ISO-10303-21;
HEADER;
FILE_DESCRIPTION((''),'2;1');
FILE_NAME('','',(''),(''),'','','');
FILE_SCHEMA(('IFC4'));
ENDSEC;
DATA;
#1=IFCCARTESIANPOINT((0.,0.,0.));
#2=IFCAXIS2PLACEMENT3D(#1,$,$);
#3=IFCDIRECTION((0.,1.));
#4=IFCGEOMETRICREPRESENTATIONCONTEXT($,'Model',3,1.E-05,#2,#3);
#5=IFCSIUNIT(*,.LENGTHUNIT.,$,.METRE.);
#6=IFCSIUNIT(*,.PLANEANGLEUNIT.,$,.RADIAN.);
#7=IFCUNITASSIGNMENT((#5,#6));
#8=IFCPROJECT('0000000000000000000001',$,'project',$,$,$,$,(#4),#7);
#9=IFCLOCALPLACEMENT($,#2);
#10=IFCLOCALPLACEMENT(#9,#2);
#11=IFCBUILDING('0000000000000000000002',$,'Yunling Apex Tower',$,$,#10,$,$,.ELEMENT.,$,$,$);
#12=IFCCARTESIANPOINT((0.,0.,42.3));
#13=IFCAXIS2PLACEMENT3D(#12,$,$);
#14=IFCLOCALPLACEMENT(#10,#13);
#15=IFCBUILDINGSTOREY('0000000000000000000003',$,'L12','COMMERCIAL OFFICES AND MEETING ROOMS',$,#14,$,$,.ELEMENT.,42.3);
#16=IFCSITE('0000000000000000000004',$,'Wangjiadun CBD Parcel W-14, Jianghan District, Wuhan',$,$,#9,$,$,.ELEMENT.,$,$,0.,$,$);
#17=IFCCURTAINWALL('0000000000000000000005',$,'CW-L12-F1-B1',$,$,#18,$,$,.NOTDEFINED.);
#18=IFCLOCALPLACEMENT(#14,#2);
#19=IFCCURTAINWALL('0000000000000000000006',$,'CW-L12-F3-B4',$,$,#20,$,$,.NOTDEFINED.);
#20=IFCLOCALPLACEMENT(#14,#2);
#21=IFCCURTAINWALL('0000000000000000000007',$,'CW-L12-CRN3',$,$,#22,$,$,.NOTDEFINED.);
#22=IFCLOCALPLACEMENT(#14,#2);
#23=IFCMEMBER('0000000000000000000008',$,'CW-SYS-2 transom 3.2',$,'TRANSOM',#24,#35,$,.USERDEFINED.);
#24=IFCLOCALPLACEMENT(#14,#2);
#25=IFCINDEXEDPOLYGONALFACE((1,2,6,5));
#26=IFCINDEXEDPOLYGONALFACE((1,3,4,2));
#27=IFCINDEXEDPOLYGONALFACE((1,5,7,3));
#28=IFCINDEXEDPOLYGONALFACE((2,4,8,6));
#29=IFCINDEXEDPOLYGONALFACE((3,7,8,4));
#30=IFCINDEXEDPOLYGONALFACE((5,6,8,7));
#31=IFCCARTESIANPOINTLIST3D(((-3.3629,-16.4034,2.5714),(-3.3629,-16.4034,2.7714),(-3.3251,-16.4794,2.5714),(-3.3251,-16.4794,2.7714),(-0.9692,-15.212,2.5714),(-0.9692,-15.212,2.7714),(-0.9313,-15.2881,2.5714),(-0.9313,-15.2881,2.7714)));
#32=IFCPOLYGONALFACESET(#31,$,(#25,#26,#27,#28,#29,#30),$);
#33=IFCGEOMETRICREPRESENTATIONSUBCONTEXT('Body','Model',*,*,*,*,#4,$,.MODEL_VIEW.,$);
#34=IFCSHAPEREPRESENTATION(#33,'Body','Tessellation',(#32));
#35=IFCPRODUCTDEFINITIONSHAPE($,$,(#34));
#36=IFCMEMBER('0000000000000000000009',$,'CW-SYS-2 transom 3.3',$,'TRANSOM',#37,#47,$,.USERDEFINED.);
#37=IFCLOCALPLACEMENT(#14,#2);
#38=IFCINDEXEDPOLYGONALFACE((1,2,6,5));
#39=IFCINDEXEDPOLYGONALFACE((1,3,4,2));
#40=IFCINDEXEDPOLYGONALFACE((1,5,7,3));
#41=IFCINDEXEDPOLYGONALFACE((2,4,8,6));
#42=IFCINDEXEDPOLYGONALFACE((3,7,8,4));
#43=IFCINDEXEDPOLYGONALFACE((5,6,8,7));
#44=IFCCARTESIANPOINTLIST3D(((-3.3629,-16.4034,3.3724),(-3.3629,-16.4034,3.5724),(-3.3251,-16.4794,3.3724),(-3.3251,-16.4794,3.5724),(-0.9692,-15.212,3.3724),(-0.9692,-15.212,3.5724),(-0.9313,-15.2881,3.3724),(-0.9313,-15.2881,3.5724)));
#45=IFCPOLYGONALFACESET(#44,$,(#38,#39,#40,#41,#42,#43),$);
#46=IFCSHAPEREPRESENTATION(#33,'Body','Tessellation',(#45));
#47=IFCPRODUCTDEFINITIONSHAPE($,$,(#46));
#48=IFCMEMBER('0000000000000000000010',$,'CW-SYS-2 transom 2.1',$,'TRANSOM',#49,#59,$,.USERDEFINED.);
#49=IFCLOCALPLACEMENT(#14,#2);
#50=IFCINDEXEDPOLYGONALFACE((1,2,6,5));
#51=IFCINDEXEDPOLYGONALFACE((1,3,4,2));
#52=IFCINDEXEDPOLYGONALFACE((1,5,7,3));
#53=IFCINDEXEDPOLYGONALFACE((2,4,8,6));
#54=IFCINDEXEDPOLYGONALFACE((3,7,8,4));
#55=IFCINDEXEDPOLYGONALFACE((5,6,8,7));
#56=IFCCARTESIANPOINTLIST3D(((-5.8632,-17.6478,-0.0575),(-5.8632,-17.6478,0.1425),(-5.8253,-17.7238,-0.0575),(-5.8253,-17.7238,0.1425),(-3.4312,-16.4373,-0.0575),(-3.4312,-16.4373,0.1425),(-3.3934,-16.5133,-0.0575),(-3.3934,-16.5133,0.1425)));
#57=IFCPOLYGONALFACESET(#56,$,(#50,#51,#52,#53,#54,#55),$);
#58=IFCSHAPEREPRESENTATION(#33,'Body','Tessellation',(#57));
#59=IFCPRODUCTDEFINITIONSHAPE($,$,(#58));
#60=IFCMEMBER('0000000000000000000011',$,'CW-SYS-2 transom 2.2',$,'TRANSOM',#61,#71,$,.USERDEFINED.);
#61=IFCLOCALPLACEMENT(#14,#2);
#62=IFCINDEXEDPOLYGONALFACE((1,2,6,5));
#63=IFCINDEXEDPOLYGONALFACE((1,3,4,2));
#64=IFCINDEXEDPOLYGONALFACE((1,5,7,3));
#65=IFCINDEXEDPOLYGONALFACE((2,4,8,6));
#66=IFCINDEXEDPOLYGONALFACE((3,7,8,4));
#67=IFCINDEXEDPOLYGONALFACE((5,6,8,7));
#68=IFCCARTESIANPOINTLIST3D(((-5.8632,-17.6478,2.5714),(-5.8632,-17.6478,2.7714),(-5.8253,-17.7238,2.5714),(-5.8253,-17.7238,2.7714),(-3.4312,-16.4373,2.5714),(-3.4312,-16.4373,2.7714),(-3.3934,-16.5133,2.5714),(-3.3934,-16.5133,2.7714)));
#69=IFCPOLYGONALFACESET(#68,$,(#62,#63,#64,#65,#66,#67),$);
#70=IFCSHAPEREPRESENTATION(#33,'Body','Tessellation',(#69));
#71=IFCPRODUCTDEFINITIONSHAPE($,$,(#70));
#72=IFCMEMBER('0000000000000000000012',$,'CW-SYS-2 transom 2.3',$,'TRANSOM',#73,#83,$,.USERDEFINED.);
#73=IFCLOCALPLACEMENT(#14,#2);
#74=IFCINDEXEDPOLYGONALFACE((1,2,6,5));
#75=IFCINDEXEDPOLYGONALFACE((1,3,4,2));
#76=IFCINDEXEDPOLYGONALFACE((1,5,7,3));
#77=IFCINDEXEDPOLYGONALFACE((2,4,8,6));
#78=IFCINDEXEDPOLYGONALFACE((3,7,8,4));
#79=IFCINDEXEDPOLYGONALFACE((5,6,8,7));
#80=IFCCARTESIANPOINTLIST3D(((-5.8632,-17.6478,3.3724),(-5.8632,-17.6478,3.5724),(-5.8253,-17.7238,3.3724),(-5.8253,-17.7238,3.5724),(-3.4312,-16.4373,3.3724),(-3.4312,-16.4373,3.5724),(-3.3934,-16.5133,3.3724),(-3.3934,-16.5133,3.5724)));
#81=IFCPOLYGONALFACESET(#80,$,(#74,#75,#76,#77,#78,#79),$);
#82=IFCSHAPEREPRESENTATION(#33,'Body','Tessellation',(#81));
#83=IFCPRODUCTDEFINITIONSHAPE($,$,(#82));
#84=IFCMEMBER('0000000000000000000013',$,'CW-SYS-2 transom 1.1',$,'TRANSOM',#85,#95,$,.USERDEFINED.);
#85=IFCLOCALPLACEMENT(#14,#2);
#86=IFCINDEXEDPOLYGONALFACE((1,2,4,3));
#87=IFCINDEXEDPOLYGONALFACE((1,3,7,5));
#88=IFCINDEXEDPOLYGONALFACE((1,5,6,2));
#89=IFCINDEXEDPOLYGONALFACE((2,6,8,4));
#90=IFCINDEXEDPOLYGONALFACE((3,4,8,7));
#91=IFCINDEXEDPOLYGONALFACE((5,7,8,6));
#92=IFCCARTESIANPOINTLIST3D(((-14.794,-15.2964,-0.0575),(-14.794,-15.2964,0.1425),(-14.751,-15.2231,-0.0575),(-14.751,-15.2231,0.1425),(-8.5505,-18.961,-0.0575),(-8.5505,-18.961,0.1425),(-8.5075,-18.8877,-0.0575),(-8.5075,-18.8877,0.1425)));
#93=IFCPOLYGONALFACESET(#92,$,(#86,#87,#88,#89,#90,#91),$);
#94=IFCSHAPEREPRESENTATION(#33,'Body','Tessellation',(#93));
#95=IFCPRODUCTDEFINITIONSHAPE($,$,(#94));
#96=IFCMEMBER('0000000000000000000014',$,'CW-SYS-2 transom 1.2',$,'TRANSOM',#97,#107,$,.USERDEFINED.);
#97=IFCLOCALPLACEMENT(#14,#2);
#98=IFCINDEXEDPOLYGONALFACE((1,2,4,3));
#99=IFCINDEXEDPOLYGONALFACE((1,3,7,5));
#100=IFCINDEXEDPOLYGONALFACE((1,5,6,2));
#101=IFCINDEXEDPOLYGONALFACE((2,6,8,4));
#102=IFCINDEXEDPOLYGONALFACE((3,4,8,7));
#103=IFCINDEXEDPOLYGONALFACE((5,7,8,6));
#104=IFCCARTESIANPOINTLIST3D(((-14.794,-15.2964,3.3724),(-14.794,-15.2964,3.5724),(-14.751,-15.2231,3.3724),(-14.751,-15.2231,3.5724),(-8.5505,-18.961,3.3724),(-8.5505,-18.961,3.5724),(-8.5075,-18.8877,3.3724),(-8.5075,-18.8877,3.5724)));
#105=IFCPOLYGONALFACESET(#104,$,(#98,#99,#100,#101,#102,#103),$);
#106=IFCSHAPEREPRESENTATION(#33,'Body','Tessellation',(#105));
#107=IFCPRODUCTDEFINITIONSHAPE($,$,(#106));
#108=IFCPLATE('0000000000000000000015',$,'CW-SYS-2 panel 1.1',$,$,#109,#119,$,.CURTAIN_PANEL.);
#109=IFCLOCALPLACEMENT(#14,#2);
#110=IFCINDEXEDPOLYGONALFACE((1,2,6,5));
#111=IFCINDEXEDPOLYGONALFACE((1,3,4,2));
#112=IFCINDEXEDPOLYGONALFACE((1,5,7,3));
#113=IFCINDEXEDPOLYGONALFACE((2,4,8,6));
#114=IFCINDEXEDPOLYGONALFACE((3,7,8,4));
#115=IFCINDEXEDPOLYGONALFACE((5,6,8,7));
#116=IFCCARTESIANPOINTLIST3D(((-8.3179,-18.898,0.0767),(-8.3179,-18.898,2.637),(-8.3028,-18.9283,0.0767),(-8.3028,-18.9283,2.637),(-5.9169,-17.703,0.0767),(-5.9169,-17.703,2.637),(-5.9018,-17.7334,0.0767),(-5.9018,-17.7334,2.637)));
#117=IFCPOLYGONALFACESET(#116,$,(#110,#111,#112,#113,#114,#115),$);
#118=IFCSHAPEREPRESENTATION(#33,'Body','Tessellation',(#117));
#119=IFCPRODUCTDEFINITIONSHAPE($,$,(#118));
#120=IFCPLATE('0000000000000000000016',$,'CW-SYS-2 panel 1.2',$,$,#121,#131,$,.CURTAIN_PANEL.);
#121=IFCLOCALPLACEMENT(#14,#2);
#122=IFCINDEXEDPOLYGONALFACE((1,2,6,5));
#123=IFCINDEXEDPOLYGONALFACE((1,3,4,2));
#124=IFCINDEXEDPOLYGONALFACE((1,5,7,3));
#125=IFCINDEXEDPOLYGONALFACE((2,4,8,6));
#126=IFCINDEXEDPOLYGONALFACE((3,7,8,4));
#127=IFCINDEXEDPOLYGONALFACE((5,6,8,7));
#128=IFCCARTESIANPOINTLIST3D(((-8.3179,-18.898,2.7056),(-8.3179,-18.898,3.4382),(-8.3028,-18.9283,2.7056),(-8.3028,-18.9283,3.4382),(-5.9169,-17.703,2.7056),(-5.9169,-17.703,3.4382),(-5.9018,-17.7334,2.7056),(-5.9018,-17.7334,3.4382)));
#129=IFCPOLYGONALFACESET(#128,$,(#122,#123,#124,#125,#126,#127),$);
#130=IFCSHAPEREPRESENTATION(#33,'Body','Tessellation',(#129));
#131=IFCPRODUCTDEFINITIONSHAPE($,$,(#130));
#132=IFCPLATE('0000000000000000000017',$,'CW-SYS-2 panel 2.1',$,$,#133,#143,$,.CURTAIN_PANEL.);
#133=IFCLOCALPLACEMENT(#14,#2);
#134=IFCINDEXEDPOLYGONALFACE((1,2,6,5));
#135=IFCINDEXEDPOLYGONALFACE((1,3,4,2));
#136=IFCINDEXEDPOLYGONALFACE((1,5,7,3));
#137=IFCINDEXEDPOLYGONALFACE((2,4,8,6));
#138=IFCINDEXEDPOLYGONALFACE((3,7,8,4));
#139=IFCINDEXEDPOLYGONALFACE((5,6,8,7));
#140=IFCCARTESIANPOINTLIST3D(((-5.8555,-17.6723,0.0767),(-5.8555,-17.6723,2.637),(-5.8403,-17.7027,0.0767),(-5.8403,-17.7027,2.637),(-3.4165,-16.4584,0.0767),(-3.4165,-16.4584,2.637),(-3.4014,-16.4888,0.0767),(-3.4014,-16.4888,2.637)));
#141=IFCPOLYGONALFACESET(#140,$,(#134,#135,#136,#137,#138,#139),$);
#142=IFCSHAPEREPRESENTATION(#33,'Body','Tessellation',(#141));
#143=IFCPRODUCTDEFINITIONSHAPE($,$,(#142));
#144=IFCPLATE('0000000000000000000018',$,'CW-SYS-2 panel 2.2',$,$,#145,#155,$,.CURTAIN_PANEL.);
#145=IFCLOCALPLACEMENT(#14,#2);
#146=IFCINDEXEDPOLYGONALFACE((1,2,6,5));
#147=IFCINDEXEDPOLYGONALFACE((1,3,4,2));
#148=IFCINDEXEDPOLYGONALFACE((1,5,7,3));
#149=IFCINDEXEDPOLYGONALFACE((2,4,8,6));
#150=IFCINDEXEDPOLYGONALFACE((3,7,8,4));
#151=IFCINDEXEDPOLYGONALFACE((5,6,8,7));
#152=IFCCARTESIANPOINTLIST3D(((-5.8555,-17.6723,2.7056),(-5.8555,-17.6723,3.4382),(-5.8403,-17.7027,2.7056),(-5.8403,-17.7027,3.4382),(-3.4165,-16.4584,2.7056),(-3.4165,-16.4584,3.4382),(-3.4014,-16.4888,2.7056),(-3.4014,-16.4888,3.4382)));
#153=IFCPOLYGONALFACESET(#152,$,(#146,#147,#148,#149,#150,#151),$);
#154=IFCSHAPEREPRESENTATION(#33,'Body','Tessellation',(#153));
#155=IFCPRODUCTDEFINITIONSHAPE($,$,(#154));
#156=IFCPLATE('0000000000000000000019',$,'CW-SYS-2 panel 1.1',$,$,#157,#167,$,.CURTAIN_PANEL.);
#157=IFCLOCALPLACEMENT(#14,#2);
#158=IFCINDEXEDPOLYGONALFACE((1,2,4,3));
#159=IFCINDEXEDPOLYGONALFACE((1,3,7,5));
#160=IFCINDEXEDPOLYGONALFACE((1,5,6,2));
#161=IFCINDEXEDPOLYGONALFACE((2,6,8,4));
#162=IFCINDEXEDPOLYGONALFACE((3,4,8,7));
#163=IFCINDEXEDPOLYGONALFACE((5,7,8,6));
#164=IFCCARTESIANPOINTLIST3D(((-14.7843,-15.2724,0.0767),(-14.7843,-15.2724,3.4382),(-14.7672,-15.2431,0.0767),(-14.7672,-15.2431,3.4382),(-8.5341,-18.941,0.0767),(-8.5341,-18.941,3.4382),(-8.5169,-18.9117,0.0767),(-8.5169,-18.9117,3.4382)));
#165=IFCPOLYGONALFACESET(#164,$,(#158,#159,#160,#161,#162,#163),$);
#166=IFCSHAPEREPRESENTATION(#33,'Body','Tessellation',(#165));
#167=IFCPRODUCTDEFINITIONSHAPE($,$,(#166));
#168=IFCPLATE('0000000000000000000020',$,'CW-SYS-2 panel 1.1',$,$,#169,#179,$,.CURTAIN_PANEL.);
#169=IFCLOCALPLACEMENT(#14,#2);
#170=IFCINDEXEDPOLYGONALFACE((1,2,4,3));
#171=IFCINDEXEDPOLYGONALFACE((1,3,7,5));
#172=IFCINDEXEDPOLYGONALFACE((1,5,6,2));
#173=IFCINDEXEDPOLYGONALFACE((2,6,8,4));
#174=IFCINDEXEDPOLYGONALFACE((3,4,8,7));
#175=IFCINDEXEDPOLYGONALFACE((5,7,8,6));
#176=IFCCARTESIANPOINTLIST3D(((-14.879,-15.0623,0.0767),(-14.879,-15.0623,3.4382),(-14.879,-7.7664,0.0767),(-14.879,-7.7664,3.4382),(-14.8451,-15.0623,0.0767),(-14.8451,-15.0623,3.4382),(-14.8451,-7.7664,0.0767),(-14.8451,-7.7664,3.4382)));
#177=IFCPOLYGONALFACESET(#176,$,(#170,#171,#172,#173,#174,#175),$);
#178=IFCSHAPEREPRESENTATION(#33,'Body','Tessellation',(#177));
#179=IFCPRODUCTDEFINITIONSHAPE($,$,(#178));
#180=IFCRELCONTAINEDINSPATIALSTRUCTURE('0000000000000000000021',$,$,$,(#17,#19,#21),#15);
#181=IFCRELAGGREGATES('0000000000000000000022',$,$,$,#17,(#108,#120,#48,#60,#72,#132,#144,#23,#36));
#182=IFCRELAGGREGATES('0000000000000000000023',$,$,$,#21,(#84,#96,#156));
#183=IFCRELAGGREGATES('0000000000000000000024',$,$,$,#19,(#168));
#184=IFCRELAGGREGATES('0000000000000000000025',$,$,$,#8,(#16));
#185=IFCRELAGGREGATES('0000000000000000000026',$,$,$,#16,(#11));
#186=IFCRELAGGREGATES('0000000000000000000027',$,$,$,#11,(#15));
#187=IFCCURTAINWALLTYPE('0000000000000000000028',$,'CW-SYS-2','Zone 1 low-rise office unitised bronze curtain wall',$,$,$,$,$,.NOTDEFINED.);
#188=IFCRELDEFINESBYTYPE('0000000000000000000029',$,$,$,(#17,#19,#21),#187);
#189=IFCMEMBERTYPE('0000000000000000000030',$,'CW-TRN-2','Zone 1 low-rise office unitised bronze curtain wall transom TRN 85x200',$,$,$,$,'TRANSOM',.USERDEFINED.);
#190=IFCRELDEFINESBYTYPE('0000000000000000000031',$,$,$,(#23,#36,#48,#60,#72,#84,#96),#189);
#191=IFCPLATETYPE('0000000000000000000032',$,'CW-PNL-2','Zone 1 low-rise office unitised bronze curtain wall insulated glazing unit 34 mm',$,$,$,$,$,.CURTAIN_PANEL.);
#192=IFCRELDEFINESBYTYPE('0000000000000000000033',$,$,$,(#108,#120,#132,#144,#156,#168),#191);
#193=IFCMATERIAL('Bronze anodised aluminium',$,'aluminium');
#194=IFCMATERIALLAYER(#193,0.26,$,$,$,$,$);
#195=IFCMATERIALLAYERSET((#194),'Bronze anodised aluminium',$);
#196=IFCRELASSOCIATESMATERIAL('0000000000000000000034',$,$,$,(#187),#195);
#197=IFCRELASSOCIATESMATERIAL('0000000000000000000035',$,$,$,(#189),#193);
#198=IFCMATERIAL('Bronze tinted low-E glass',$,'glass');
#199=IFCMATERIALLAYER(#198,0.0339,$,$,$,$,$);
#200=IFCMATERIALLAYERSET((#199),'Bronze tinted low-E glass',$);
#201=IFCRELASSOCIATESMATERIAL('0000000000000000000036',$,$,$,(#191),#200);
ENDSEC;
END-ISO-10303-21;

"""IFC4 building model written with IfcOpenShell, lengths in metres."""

from ifc_helpers import new_model, si_unit, direction, frame, origin, origin_2d, place, context, subcontext, project, spatial, rectangle, extrude, source, transform, mapped, material, layer, layer_set, material_profile, profile_set, type_object, element, aggregate, save


model = new_model("IFC4")

# Units and contexts
model_context = context("Model", 3, precision=1e-05, world=origin(), true_north=direction((0.0, 1.0)))
body_context = subcontext(model_context, "Body", "Model", "MODEL_VIEW")
ifc_project = project(units=[si_unit("LENGTHUNIT", "METRE"), si_unit("PLANEANGLEUNIT", "RADIAN")], contexts=[model_context])

# Site, building, storey
site_placement = place(None, origin())
site = spatial("IfcSite", under=ifc_project, at=site_placement, Name="Wangjiadun CBD Parcel W-14, Jianghan District, Wuhan", CompositionType="ELEMENT", RefElevation=0.0)
building_placement = place(site_placement, origin())
building = spatial("IfcBuilding", under=site, at=building_placement, Name="Yunling Apex Tower", CompositionType="ELEMENT")
storey_placement = place(building_placement, frame((0.0, 0.0, 42.3)))
storey = spatial("IfcBuildingStorey", under=building, at=storey_placement, Name="L12", Description="COMMERCIAL OFFICES AND MEETING ROOMS", CompositionType="ELEMENT", Elevation=42.3)

# Curtain wall
ifc_material_1 = material(Name="Bronze anodised aluminium", Category="aluminium")
ifc_layer_1 = layer(ifc_material_1, 0.26)
ifc_layer_set_1 = layer_set([ifc_layer_1], Name="Bronze anodised aluminium")
curtain_wall_type = type_object("IfcCurtainWallType", Name="CW-SYS-2", Description="Zone 1 low-rise office unitised bronze curtain wall", PredefinedType="NOTDEFINED", material=ifc_layer_set_1)
curtain_wall_1_placement = place(storey_placement, origin())
curtain_wall_1 = element("IfcCurtainWall", 1, at=curtain_wall_1_placement, inside=storey, type_object=curtain_wall_type, Name="CW-L12-F1-B1", PredefinedType="NOTDEFINED")

# Curtain wall
curtain_wall_2_placement = place(storey_placement, origin())
curtain_wall_2 = element("IfcCurtainWall", 2, at=curtain_wall_2_placement, inside=storey, type_object=curtain_wall_type, Name="CW-L12-F3-B4", PredefinedType="NOTDEFINED")

# Curtain wall
curtain_wall_3_placement = place(storey_placement, origin())
curtain_wall_3 = element("IfcCurtainWall", 3, at=curtain_wall_3_placement, inside=storey, type_object=curtain_wall_type, Name="CW-L12-CRN3", PredefinedType="NOTDEFINED")

# Members
ifc_material_profile_1 = material_profile(ifc_material_1, rectangle(XDim=0.085, YDim=0.2, at=origin_2d()))
ifc_profile_set_1 = profile_set([ifc_material_profile_1], Name="Bronze anodised aluminium")
member_type_1 = type_object("IfcMemberType", Name="CW-TRN-2", Description="Zone 1 low-rise office unitised bronze curtain wall transom TRN 85x200", ElementType="TRANSOM", PredefinedType="USERDEFINED", material=ifc_profile_set_1)
shared_shape_1 = source(origin(), body_context, "Body", "SweptSolid", [
    extrude(rectangle(XDim=0.085, YDim=0.2, at=origin_2d()), origin(), (0.0, 0.0, 1.0), 2.6738),
])
member_1_placement = place(storey_placement, frame((-3.344, -16.4414, 2.6714), z_axis=(0.895247, 0.445569, 0.0), x_axis=(-0.445569, 0.895247, 0.0)))
member_1 = element("IfcMember", 4, at=member_1_placement, type_object=member_type_1, Name="CW-SYS-2 transom 3.2", ObjectType="TRANSOM", PredefinedType="USERDEFINED", context=body_context, shape_type="MappedRepresentation", body=[
    mapped(shared_shape_1, transform((0.0, 0.0, 0.0), scale=1.0)),
])
member_2_placement = place(storey_placement, frame((-3.344, -16.4414, 3.4724), z_axis=(0.895247, 0.445569, 0.0), x_axis=(-0.445569, 0.895247, 0.0)))
member_2 = element("IfcMember", 5, at=member_2_placement, type_object=member_type_1, Name="CW-SYS-2 transom 3.3", ObjectType="TRANSOM", PredefinedType="USERDEFINED", context=body_context, shape_type="MappedRepresentation", body=[
    mapped(shared_shape_1, transform((0.0, 0.0, 0.0), scale=1.0)),
])
shared_shape_2 = source(origin(), body_context, "Body", "SweptSolid", [
    extrude(rectangle(XDim=0.085, YDim=0.2, at=origin_2d()), origin(), (0.0, 0.0, 1.0), 2.7166),
])
member_3_placement = place(storey_placement, frame((-5.8442, -17.6858, 0.0425), z_axis=(0.895235, 0.445595, 0.0), x_axis=(-0.445595, 0.895235, 0.0)))
member_3 = element("IfcMember", 6, at=member_3_placement, type_object=member_type_1, Name="CW-SYS-2 transom 2.1", ObjectType="TRANSOM", PredefinedType="USERDEFINED", context=body_context, shape_type="MappedRepresentation", body=[
    mapped(shared_shape_2, transform((0.0, 0.0, 0.0), scale=1.0)),
])
member_4_placement = place(storey_placement, frame((-5.8442, -17.6858, 2.6714), z_axis=(0.895235, 0.445595, 0.0), x_axis=(-0.445595, 0.895235, 0.0)))
member_4 = element("IfcMember", 7, at=member_4_placement, type_object=member_type_1, Name="CW-SYS-2 transom 2.2", ObjectType="TRANSOM", PredefinedType="USERDEFINED", context=body_context, shape_type="MappedRepresentation", body=[
    mapped(shared_shape_2, transform((0.0, 0.0, 0.0), scale=1.0)),
])
member_5_placement = place(storey_placement, frame((-5.8442, -17.6858, 3.4724), z_axis=(0.895235, 0.445595, 0.0), x_axis=(-0.445595, 0.895235, 0.0)))
member_5 = element("IfcMember", 8, at=member_5_placement, type_object=member_type_1, Name="CW-SYS-2 transom 2.3", ObjectType="TRANSOM", PredefinedType="USERDEFINED", context=body_context, shape_type="MappedRepresentation", body=[
    mapped(shared_shape_2, transform((0.0, 0.0, 0.0), scale=1.0)),
])
shared_shape_3 = source(origin(), body_context, "Body", "SweptSolid", [
    extrude(rectangle(XDim=0.085, YDim=0.2, at=origin_2d()), origin(), (0.0, 0.0, 1.0), 7.2395),
])
member_6_placement = place(storey_placement, frame((-14.7725, -15.2598, 0.0425), z_axis=(0.862419, -0.506195, 0.0), x_axis=(0.506195, 0.862419, 0.0)))
member_6 = element("IfcMember", 9, at=member_6_placement, type_object=member_type_1, Name="CW-SYS-2 transom 1.1", ObjectType="TRANSOM", PredefinedType="USERDEFINED", context=body_context, shape_type="MappedRepresentation", body=[
    mapped(shared_shape_3, transform((0.0, 0.0, 0.0), scale=1.0)),
])
member_7_placement = place(storey_placement, frame((-14.7725, -15.2598, 3.4724), z_axis=(0.862419, -0.506195, 0.0), x_axis=(0.506195, 0.862419, 0.0)))
member_7 = element("IfcMember", 10, at=member_7_placement, type_object=member_type_1, Name="CW-SYS-2 transom 1.2", ObjectType="TRANSOM", PredefinedType="USERDEFINED", context=body_context, shape_type="MappedRepresentation", body=[
    mapped(shared_shape_3, transform((0.0, 0.0, 0.0), scale=1.0)),
])

# Plates
ifc_material_2 = material(Name="Bronze tinted low-E glass", Category="glass")
ifc_layer_2 = layer(ifc_material_2, 0.0339)
ifc_layer_set_2 = layer_set([ifc_layer_2], Name="Bronze tinted low-E glass")
plate_type = type_object("IfcPlateType", Name="CW-PNL-2", Description="Zone 1 low-rise office unitised bronze curtain wall insulated glazing unit 34 mm", PredefinedType="CURTAIN_PANEL", material=ifc_layer_set_2)
shared_shape_4 = source(origin(), body_context, "Body", "SweptSolid", [
    extrude(rectangle(XDim=2.6819, YDim=0.0339, at=origin_2d()), origin(), (0.0, 0.0, 1.0), 2.5603),
])
plate_1_placement = place(storey_placement, frame((-7.1099, -18.3157, 0.0767), z_axis=(0.0, 0.0, 1.0), x_axis=(0.895247, 0.445571, 0.0)))
plate_1 = element("IfcPlate", 11, at=plate_1_placement, type_object=plate_type, Name="CW-SYS-2 panel 1.1", PredefinedType="CURTAIN_PANEL", context=body_context, shape_type="MappedRepresentation", body=[
    mapped(shared_shape_4, transform((0.0, 0.0, 0.0), scale=1.0)),
])
shared_shape_5 = source(origin(), body_context, "Body", "SweptSolid", [
    extrude(rectangle(XDim=2.6819, YDim=0.0339, at=origin_2d()), origin(), (0.0, 0.0, 1.0), 0.7327),
])
plate_2_placement = place(storey_placement, frame((-7.1099, -18.3157, 2.7056), z_axis=(0.0, 0.0, 1.0), x_axis=(0.895247, 0.445571, 0.0)))
plate_2 = element("IfcPlate", 12, at=plate_2_placement, type_object=plate_type, Name="CW-SYS-2 panel 1.2", PredefinedType="CURTAIN_PANEL", context=body_context, shape_type="MappedRepresentation", body=[
    mapped(shared_shape_5, transform((0.0, 0.0, 0.0), scale=1.0)),
])
shared_shape_6 = source(origin(), body_context, "Body", "SweptSolid", [
    extrude(rectangle(XDim=2.7244, YDim=0.0339, at=origin_2d()), origin(), (0.0, 0.0, 1.0), 2.5603),
])
plate_3_placement = place(storey_placement, frame((-4.6284, -17.0806, 0.0767), z_axis=(0.0, 0.0, 1.0), x_axis=(0.895247, 0.445571, 0.0)))
plate_3 = element("IfcPlate", 13, at=plate_3_placement, type_object=plate_type, Name="CW-SYS-2 panel 2.1", PredefinedType="CURTAIN_PANEL", context=body_context, shape_type="MappedRepresentation", body=[
    mapped(shared_shape_6, transform((0.0, 0.0, 0.0), scale=1.0)),
])
shared_shape_7 = source(origin(), body_context, "Body", "SweptSolid", [
    extrude(rectangle(XDim=2.7244, YDim=0.0339, at=origin_2d()), origin(), (0.0, 0.0, 1.0), 0.7327),
])
plate_4_placement = place(storey_placement, frame((-4.6284, -17.0806, 2.7056), z_axis=(0.0, 0.0, 1.0), x_axis=(0.895247, 0.445571, 0.0)))
plate_4 = element("IfcPlate", 14, at=plate_4_placement, type_object=plate_type, Name="CW-SYS-2 panel 2.2", PredefinedType="CURTAIN_PANEL", context=body_context, shape_type="MappedRepresentation", body=[
    mapped(shared_shape_7, transform((0.0, 0.0, 0.0), scale=1.0)),
])
aggregate(curtain_wall_1, [plate_1, plate_2, member_3, member_4, member_5, plate_3, plate_4, member_1, member_2])
shared_shape_8 = source(origin(), body_context, "Body", "SweptSolid", [
    extrude(rectangle(XDim=7.2473, YDim=0.0339, at=origin_2d()), origin(), (0.0, 0.0, 1.0), 3.3616),
])
plate_5_placement = place(storey_placement, frame((-11.6506, -17.092, 0.0767), z_axis=(0.0, 0.0, 1.0), x_axis=(0.862419, -0.506196, 0.0)))
plate_5 = element("IfcPlate", 15, at=plate_5_placement, type_object=plate_type, Name="CW-SYS-2 panel 1.1", PredefinedType="CURTAIN_PANEL", context=body_context, shape_type="MappedRepresentation", body=[
    mapped(shared_shape_8, transform((0.0, 0.0, 0.0), scale=1.0)),
])
aggregate(curtain_wall_3, [member_6, member_7, plate_5])
shared_shape_9 = source(origin(), body_context, "Body", "SweptSolid", [
    extrude(rectangle(XDim=7.2959, YDim=0.0339, at=origin_2d()), origin(), (0.0, 0.0, 1.0), 3.3616),
])
plate_6_placement = place(storey_placement, frame((-14.8621, -11.4143, 0.0767), z_axis=(0.0, 0.0, 1.0), x_axis=(0.0, -1.0, 0.0)))
plate_6 = element("IfcPlate", 16, at=plate_6_placement, type_object=plate_type, Name="CW-SYS-2 panel 1.1", PredefinedType="CURTAIN_PANEL", context=body_context, shape_type="MappedRepresentation", body=[
    mapped(shared_shape_9, transform((0.0, 0.0, 0.0), scale=1.0)),
])
aggregate(curtain_wall_2, [plate_6])

save(model, "model.ifc")
